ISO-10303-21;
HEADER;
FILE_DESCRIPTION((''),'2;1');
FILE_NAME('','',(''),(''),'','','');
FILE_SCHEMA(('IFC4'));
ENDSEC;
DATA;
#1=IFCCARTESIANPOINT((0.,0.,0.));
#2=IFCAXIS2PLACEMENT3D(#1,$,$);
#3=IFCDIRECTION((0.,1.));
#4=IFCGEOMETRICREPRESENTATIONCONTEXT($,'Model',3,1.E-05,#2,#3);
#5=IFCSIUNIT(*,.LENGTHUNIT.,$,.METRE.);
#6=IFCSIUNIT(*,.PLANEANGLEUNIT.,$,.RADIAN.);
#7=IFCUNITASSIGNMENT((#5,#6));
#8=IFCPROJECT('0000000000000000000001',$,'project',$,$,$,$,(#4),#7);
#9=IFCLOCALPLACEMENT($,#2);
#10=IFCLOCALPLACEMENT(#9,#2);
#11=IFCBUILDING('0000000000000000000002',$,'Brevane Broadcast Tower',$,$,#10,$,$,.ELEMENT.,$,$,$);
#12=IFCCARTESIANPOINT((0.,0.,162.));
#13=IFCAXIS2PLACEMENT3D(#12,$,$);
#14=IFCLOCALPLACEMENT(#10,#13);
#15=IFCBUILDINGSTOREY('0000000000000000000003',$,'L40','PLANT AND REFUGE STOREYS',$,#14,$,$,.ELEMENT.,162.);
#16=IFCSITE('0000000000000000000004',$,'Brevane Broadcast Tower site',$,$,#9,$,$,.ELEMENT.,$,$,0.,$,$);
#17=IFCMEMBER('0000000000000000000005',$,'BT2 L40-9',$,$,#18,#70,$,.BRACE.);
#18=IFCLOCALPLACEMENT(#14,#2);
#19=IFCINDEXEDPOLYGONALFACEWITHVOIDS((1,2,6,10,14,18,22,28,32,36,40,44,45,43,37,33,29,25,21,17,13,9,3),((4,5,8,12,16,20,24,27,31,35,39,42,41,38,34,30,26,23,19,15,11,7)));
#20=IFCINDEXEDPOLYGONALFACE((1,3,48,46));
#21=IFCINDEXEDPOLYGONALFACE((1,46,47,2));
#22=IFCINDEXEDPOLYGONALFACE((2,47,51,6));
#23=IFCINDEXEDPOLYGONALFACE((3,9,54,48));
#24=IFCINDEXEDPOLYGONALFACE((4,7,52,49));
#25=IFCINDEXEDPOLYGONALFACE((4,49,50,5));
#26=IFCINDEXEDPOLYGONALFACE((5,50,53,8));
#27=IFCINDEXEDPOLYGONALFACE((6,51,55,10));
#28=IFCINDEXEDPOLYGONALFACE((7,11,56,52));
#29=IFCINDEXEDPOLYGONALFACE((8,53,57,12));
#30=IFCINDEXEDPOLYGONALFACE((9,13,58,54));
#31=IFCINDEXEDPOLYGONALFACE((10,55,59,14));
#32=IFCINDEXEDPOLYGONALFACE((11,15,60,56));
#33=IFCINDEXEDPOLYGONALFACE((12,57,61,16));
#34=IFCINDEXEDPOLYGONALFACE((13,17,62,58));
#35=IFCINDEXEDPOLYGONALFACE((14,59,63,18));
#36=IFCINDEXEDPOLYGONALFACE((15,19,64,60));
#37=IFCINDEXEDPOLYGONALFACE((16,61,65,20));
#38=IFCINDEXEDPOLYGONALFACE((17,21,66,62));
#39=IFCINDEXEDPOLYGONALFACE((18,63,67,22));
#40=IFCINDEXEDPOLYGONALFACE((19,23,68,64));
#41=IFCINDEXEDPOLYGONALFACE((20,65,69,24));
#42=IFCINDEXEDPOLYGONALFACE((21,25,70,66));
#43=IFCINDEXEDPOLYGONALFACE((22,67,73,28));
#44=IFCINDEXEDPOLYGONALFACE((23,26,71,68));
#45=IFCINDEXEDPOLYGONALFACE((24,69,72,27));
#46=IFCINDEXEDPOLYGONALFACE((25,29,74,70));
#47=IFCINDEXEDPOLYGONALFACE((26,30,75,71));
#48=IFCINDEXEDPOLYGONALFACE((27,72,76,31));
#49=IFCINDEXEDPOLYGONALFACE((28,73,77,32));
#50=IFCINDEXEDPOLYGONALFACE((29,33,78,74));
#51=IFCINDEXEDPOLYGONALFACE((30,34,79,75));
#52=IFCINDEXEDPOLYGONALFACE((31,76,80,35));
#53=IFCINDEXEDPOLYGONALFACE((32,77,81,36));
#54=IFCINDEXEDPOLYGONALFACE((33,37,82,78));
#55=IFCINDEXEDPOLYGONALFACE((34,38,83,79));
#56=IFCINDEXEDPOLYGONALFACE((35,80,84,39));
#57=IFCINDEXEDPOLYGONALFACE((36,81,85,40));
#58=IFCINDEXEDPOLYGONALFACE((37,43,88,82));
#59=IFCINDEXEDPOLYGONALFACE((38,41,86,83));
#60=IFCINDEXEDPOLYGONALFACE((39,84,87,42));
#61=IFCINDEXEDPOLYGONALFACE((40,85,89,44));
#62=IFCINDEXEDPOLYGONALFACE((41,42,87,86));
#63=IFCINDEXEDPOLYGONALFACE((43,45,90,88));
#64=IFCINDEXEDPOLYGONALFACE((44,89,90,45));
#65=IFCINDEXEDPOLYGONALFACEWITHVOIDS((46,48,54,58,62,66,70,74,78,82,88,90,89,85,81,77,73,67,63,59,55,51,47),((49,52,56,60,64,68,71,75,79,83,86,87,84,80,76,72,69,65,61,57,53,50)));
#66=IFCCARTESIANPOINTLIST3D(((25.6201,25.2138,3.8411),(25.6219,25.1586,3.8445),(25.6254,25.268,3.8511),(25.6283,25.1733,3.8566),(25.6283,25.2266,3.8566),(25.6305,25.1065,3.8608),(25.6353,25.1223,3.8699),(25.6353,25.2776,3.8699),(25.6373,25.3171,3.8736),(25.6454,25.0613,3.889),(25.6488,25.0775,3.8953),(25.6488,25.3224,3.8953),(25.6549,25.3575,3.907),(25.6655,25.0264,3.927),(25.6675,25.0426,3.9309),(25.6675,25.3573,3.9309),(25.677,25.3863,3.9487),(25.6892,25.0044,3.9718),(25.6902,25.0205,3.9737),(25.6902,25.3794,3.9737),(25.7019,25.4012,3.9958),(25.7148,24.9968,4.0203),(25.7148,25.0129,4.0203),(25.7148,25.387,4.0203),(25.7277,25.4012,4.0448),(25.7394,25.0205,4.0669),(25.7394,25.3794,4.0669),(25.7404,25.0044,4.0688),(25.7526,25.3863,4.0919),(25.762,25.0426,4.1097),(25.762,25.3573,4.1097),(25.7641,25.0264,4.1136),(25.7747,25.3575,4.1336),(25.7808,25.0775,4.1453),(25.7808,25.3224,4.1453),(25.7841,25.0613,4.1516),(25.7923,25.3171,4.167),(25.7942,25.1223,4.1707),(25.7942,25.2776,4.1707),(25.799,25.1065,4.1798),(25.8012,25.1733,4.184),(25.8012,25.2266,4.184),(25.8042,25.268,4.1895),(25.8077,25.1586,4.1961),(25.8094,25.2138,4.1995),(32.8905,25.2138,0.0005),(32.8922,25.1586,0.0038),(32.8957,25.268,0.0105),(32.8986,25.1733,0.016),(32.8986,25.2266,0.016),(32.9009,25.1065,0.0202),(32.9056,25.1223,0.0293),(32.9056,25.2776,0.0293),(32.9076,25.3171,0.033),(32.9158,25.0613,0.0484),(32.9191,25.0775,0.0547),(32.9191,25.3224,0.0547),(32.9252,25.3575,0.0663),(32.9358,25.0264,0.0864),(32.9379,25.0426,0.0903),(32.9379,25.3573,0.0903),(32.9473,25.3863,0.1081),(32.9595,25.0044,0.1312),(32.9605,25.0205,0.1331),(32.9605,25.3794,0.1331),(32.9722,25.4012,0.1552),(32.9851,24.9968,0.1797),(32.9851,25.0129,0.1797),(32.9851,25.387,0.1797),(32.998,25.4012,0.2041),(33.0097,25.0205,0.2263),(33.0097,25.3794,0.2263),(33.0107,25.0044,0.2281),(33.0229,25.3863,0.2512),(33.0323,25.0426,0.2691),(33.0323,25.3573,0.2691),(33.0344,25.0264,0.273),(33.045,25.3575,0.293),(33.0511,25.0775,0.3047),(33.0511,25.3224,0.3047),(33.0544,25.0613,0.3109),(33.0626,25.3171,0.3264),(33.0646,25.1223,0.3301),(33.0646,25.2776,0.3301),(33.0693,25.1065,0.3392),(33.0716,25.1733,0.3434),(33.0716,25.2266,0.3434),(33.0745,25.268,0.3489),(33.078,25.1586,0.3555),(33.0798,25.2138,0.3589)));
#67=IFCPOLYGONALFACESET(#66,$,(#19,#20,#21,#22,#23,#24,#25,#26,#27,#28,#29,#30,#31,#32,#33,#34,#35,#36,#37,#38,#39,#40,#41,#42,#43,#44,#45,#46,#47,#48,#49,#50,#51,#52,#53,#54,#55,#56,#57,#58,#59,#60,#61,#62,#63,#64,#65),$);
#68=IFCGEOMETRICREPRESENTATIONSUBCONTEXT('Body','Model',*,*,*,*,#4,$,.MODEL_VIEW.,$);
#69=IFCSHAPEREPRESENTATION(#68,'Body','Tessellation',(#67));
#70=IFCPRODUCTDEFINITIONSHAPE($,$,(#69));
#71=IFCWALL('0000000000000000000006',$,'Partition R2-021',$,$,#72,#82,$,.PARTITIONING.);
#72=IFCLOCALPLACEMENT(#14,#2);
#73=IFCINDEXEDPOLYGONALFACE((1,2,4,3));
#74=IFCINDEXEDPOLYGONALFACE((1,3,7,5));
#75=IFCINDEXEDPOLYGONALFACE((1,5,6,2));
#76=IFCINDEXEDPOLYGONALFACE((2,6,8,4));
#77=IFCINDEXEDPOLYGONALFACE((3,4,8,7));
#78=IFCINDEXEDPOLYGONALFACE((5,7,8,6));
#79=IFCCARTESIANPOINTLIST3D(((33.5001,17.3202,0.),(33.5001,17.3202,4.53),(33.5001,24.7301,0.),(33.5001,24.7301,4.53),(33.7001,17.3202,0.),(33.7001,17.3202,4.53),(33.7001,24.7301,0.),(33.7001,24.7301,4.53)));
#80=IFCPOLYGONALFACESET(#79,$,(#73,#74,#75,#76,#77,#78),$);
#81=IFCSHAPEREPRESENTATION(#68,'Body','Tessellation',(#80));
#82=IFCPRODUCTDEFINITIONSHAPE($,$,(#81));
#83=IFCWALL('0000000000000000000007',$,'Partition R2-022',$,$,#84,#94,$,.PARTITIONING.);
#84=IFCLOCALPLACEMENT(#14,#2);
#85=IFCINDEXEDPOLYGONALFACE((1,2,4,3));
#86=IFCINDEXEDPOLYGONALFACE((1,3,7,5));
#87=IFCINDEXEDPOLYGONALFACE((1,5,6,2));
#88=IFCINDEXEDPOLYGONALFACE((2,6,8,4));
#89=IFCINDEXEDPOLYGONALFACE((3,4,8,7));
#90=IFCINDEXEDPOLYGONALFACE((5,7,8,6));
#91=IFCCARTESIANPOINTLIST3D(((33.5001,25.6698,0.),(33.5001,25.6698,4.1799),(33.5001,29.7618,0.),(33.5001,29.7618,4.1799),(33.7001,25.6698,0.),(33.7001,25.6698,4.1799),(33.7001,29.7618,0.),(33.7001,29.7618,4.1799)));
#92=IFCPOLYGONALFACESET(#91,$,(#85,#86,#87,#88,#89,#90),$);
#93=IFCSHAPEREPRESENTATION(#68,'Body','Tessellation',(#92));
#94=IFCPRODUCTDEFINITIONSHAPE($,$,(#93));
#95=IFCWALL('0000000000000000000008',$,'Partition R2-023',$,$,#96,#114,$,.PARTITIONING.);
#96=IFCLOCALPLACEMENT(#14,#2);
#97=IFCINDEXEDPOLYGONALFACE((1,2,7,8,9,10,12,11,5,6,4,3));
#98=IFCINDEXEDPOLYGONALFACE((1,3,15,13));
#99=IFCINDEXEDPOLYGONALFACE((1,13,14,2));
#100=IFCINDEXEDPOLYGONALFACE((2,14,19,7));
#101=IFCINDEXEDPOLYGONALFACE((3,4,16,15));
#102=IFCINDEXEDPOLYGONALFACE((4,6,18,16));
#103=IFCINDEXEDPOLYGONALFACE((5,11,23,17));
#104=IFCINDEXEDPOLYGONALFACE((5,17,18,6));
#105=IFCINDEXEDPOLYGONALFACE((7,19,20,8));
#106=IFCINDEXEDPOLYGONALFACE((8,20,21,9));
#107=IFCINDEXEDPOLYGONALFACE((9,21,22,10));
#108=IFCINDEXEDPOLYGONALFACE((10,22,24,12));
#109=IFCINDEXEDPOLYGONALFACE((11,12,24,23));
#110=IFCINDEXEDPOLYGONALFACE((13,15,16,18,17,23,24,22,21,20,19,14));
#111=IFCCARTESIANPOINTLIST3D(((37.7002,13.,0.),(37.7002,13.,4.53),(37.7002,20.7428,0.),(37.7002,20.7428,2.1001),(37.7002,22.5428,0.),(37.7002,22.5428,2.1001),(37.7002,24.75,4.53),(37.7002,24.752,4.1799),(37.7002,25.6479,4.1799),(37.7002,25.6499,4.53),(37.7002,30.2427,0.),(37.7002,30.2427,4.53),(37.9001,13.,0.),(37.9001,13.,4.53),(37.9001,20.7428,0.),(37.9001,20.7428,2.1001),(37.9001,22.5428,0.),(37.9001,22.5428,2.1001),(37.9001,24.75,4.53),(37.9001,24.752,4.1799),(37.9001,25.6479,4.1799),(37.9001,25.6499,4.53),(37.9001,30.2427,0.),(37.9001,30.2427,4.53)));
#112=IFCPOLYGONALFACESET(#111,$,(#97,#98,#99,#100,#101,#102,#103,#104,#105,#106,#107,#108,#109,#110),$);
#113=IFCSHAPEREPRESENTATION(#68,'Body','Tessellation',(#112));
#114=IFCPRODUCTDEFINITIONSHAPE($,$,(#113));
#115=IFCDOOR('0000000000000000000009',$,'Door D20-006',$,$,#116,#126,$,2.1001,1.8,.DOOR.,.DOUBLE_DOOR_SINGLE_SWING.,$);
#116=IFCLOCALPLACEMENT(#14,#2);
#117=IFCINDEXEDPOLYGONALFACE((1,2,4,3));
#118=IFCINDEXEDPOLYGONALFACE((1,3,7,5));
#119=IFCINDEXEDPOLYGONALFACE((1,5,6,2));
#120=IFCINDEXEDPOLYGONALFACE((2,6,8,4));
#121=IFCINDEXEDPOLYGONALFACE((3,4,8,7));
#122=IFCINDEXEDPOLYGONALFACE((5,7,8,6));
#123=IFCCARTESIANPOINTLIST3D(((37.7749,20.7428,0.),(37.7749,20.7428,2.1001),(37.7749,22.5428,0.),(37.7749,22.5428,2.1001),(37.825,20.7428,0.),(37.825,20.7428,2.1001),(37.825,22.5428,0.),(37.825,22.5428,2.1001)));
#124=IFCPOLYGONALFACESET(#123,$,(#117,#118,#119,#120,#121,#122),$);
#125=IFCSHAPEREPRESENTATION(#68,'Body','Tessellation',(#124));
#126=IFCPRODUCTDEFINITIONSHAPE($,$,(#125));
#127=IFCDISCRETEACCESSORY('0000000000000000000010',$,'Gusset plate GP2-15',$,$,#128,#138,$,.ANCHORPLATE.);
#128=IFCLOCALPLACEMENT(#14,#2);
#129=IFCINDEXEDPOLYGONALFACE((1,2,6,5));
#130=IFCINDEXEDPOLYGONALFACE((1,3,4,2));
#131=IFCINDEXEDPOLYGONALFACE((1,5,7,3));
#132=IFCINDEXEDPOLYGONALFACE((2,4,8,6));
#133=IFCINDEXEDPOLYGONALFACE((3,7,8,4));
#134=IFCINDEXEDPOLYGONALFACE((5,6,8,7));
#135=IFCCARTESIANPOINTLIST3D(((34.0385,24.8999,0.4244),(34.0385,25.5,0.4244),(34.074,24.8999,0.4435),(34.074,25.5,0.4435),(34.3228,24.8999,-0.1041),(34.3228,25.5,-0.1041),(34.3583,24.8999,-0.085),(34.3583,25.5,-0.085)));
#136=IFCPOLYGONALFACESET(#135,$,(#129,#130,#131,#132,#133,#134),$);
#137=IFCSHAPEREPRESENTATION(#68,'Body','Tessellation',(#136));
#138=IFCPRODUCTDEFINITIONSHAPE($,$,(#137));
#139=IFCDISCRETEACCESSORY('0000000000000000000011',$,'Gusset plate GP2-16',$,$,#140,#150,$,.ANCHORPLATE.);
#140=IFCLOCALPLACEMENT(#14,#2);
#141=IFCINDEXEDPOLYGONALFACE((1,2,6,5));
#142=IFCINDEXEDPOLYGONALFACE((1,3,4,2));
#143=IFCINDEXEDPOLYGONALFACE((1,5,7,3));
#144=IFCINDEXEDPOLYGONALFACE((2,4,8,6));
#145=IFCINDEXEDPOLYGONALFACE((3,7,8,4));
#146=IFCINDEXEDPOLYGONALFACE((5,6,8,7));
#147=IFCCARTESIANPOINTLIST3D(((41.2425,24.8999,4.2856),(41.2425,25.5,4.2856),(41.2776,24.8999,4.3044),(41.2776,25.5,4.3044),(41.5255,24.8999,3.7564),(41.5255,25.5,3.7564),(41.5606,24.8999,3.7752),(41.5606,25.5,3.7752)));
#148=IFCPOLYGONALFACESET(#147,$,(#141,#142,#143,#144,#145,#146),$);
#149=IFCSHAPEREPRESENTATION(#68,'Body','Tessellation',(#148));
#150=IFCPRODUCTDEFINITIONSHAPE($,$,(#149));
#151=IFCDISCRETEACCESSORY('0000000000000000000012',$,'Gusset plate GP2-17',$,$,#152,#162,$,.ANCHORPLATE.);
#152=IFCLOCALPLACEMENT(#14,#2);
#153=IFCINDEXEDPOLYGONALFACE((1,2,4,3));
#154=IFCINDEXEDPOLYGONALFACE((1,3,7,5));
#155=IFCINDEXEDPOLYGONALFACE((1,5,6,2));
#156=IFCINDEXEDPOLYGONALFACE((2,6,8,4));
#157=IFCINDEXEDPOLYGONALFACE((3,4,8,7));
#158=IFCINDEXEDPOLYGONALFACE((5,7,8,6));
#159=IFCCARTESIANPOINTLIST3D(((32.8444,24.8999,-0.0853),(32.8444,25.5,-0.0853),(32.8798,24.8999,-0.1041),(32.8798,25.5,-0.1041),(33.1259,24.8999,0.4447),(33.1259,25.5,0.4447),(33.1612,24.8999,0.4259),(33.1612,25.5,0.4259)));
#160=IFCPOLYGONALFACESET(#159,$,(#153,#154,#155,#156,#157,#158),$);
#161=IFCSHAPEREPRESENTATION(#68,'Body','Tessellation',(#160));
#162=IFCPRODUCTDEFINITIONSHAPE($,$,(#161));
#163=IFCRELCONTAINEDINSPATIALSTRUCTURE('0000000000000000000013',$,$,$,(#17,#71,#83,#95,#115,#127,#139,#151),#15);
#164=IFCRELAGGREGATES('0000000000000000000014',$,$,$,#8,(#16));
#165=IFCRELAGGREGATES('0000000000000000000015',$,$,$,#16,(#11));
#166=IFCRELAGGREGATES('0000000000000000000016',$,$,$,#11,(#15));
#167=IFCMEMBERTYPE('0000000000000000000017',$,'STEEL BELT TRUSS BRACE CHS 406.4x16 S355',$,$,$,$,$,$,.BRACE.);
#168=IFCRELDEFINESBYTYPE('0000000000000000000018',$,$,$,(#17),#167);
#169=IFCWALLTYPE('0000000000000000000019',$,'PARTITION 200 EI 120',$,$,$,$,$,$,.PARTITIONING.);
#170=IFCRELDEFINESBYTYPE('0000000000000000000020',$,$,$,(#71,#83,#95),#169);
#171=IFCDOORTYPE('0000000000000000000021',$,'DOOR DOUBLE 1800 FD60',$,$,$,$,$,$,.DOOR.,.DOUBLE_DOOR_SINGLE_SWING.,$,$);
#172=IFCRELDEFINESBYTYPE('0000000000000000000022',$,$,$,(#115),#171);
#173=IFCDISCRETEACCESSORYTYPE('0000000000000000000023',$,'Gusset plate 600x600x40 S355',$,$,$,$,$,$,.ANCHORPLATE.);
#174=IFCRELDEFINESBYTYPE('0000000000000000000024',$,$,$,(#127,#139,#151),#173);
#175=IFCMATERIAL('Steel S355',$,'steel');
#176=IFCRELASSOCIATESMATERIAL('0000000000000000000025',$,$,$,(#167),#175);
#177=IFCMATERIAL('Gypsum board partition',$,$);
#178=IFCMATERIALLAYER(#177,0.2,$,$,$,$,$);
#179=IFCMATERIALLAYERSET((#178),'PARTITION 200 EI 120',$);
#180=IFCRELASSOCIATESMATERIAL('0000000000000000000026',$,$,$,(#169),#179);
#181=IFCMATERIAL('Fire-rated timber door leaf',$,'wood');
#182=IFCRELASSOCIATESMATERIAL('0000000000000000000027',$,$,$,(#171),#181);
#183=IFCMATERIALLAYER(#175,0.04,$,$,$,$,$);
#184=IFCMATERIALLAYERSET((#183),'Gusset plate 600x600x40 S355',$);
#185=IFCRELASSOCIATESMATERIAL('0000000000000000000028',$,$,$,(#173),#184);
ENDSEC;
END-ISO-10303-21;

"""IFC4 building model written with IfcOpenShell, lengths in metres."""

from ifc_helpers import new_model, si_unit, direction, frame, frame_2d, origin, origin_2d, place, context, subcontext, project, spatial, polyline, rectangle, hollow_circle, outline, extrude, material, layer, layer_set, material_profile, profile_set, type_object, element, fill, save


model = new_model("IFC4")

# Units and contexts
model_context = context("Model", 3, precision=1e-05, world=origin(), true_north=direction((0.0, 1.0)))
body_context = subcontext(model_context, "Body", "Model", "MODEL_VIEW")
ifc_project = project(units=[si_unit("LENGTHUNIT", "METRE"), si_unit("PLANEANGLEUNIT", "RADIAN")], contexts=[model_context])

# Site, building, storey
site_placement = place(None, origin())
site = spatial("IfcSite", under=ifc_project, at=site_placement, Name="Brevane Broadcast Tower site", CompositionType="ELEMENT", RefElevation=0.0)
building_placement = place(site_placement, origin())
building = spatial("IfcBuilding", under=site, at=building_placement, Name="Brevane Broadcast Tower", CompositionType="ELEMENT")
storey_placement = place(building_placement, frame((0.0, 0.0, 162.0)))
storey = spatial("IfcBuildingStorey", under=building, at=storey_placement, Name="L40", Description="PLANT AND REFUGE STOREYS", CompositionType="ELEMENT", Elevation=162.0)

# Member
ifc_material_1 = material(Name="Steel S355", Category="steel")
ifc_material_profile_1 = material_profile(ifc_material_1, hollow_circle(Radius=0.2031, WallThickness=0.0161, at=origin_2d()), Name="CHS 406.4x16")
ifc_profile_set_1 = profile_set([ifc_material_profile_1], Name="Steel S355")
member_type_1 = type_object("IfcMemberType", Name="STEEL BELT TRUSS BRACE CHS 406.4x16 S355", PredefinedType="BRACE", material=ifc_profile_set_1)
member_1_placement = place(storey_placement, frame((32.9851, 25.2, 0.1797), z_axis=(-0.884209, 0.0, 0.467091), x_axis=(0.0, -1.0, 0.0)))
element("IfcMember", 1, at=member_1_placement, inside=storey, type_object=member_type_1, Name="BT2 L40-9", PredefinedType="BRACE", context=body_context, shape_type="SweptSolid", body=[
    extrude(hollow_circle(Radius=0.2031, WallThickness=0.0161, at=origin_2d()), origin(), (0.0, 0.0, 1.0), 8.2224),
])

# Walls
ifc_material_2 = material(Name="Gypsum board partition")
ifc_layer_1 = layer(ifc_material_2, 0.2)
ifc_layer_set_1 = layer_set([ifc_layer_1], Name="PARTITION 200 EI 120")
wall_type = type_object("IfcWallType", Name="PARTITION 200 EI 120", PredefinedType="PARTITIONING", material=ifc_layer_set_1)
wall_1_placement = place(storey_placement, frame((33.6001, 17.3201, 0.0), z_axis=(0.0, 0.0, 1.0), x_axis=(0.0, 1.0, 0.0)))
element("IfcWall", 2, at=wall_1_placement, inside=storey, type_object=wall_type, Name="Partition R2-021", PredefinedType="PARTITIONING", context=body_context, shape_type="SweptSolid", body=[
    extrude(rectangle(XDim=7.4099, YDim=0.2, at=frame_2d((3.7051, 0.0))), origin(), (0.0, 0.0, 1.0), 4.53),
])
wall_2_placement = place(storey_placement, frame((33.6001, 25.6699, 0.0), z_axis=(0.0, 0.0, 1.0), x_axis=(0.0, 1.0, 0.0)))
element("IfcWall", 3, at=wall_2_placement, inside=storey, type_object=wall_type, Name="Partition R2-022", PredefinedType="PARTITIONING", context=body_context, shape_type="SweptSolid", body=[
    extrude(rectangle(XDim=4.092, YDim=0.2, at=frame_2d((2.0459, 0.0))), origin(), (0.0, 0.0, 1.0), 4.1799),
])

# Wall, opening, door
wall_3_placement = place(storey_placement, frame((37.8, 30.2427, 0.0), z_axis=(0.0, 0.0, 1.0), x_axis=(0.0, -1.0, 0.0)))
wall_3 = element("IfcWall", 4, at=wall_3_placement, inside=storey, type_object=wall_type, Name="Partition R2-023", PredefinedType="PARTITIONING", context=body_context, shape_type="SweptSolid", body=[
    extrude(outline(polyline([(0.0, 0.0), (17.2427, 0.0), (17.2427, 4.53), (5.4927, 4.53), (5.4907, 4.1799), (4.5947, 4.1799), (4.5928, 4.53), (0.0, 4.53), (0.0, 0.0)])), frame((0.0, 0.1001, 0.0), z_axis=(0.0, -1.0, 0.0), x_axis=(1.0, 0.0, 0.0)), (0.0, 0.0, 1.0), 0.2),
])
opening_placement = place(wall_3_placement, frame((7.7, 0.0, 0.0)))
opening = element("IfcOpeningElement", 5, at=opening_placement, cuts=wall_3, PredefinedType="OPENING", context=body_context, shape_type="SweptSolid", body=[
    extrude(rectangle(XDim=1.8, YDim=2.1001, at=frame_2d((0.8999, 1.05))), frame((0.0, 0.1099, 0.0), z_axis=(0.0, -1.0, 0.0), x_axis=(1.0, 0.0, 0.0)), (0.0, 0.0, 1.0), 0.22),
])
ifc_material_3 = material(Name="Fire-rated timber door leaf", Category="wood")
door_type = type_object("IfcDoorType", Name="DOOR DOUBLE 1800 FD60", OperationType="DOUBLE_DOOR_SINGLE_SWING", PredefinedType="DOOR", material=ifc_material_3)
door_placement = place(opening_placement, origin())
door = element("IfcDoor", 6, at=door_placement, inside=storey, type_object=door_type, Name="Door D20-006", OperationType="DOUBLE_DOOR_SINGLE_SWING", OverallHeight=2.1001, OverallWidth=1.8, PredefinedType="DOOR", context=body_context, shape_type="SweptSolid", body=[
    extrude(rectangle(XDim=1.8, YDim=2.1001, at=frame_2d((0.8999, 1.05))), frame((0.0, 0.0249, 0.0), z_axis=(0.0, -1.0, 0.0), x_axis=(1.0, 0.0, 0.0)), (0.0, 0.0, 1.0), 0.05),
])
fill(opening, door)

# Discrete accessories
ifc_layer_2 = layer(ifc_material_1, 0.04)
ifc_layer_set_2 = layer_set([ifc_layer_2], Name="Gusset plate 600x600x40 S355")
discrete_accessory_type = type_object("IfcDiscreteAccessoryType", Name="Gusset plate 600x600x40 S355", PredefinedType="ANCHORPLATE", material=ifc_layer_set_2)
discrete_accessory_1_placement = place(storey_placement, frame((34.1807, 25.2, 0.1602), z_axis=(0.880666, 0.0, 0.473738), x_axis=(0.0, 1.0, 0.0)))
element("IfcDiscreteAccessory", 7, at=discrete_accessory_1_placement, inside=storey, type_object=discrete_accessory_type, Name="Gusset plate GP2-15", PredefinedType="ANCHORPLATE", context=body_context, shape_type="SweptSolid", body=[
    extrude(rectangle(XDim=0.6001, YDim=0.6001, at=origin_2d()), origin(), (0.0, 0.0, 1.0), 0.0403),
])
discrete_accessory_2_placement = place(storey_placement, frame((41.384, 25.2, 4.021), z_axis=(0.881844, 0.0, 0.471542), x_axis=(0.0, 1.0, 0.0)))
element("IfcDiscreteAccessory", 8, at=discrete_accessory_2_placement, inside=storey, type_object=discrete_accessory_type, Name="Gusset plate GP2-16", PredefinedType="ANCHORPLATE", context=body_context, shape_type="SweptSolid", body=[
    extrude(rectangle(XDim=0.6001, YDim=0.6001, at=origin_2d()), origin(), (0.0, 0.0, 1.0), 0.0398),
])
discrete_accessory_3_placement = place(storey_placement, frame((33.0205, 25.2, 0.1609), z_axis=(-0.883195, 0.0, 0.469007), x_axis=(0.0, -1.0, 0.0)))
element("IfcDiscreteAccessory", 9, at=discrete_accessory_3_placement, inside=storey, type_object=discrete_accessory_type, Name="Gusset plate GP2-17", PredefinedType="ANCHORPLATE", context=body_context, shape_type="SweptSolid", body=[
    extrude(rectangle(XDim=0.6001, YDim=0.6001, at=origin_2d()), origin(), (0.0, 0.0, 1.0), 0.04),
])

save(model, "model.ifc")
